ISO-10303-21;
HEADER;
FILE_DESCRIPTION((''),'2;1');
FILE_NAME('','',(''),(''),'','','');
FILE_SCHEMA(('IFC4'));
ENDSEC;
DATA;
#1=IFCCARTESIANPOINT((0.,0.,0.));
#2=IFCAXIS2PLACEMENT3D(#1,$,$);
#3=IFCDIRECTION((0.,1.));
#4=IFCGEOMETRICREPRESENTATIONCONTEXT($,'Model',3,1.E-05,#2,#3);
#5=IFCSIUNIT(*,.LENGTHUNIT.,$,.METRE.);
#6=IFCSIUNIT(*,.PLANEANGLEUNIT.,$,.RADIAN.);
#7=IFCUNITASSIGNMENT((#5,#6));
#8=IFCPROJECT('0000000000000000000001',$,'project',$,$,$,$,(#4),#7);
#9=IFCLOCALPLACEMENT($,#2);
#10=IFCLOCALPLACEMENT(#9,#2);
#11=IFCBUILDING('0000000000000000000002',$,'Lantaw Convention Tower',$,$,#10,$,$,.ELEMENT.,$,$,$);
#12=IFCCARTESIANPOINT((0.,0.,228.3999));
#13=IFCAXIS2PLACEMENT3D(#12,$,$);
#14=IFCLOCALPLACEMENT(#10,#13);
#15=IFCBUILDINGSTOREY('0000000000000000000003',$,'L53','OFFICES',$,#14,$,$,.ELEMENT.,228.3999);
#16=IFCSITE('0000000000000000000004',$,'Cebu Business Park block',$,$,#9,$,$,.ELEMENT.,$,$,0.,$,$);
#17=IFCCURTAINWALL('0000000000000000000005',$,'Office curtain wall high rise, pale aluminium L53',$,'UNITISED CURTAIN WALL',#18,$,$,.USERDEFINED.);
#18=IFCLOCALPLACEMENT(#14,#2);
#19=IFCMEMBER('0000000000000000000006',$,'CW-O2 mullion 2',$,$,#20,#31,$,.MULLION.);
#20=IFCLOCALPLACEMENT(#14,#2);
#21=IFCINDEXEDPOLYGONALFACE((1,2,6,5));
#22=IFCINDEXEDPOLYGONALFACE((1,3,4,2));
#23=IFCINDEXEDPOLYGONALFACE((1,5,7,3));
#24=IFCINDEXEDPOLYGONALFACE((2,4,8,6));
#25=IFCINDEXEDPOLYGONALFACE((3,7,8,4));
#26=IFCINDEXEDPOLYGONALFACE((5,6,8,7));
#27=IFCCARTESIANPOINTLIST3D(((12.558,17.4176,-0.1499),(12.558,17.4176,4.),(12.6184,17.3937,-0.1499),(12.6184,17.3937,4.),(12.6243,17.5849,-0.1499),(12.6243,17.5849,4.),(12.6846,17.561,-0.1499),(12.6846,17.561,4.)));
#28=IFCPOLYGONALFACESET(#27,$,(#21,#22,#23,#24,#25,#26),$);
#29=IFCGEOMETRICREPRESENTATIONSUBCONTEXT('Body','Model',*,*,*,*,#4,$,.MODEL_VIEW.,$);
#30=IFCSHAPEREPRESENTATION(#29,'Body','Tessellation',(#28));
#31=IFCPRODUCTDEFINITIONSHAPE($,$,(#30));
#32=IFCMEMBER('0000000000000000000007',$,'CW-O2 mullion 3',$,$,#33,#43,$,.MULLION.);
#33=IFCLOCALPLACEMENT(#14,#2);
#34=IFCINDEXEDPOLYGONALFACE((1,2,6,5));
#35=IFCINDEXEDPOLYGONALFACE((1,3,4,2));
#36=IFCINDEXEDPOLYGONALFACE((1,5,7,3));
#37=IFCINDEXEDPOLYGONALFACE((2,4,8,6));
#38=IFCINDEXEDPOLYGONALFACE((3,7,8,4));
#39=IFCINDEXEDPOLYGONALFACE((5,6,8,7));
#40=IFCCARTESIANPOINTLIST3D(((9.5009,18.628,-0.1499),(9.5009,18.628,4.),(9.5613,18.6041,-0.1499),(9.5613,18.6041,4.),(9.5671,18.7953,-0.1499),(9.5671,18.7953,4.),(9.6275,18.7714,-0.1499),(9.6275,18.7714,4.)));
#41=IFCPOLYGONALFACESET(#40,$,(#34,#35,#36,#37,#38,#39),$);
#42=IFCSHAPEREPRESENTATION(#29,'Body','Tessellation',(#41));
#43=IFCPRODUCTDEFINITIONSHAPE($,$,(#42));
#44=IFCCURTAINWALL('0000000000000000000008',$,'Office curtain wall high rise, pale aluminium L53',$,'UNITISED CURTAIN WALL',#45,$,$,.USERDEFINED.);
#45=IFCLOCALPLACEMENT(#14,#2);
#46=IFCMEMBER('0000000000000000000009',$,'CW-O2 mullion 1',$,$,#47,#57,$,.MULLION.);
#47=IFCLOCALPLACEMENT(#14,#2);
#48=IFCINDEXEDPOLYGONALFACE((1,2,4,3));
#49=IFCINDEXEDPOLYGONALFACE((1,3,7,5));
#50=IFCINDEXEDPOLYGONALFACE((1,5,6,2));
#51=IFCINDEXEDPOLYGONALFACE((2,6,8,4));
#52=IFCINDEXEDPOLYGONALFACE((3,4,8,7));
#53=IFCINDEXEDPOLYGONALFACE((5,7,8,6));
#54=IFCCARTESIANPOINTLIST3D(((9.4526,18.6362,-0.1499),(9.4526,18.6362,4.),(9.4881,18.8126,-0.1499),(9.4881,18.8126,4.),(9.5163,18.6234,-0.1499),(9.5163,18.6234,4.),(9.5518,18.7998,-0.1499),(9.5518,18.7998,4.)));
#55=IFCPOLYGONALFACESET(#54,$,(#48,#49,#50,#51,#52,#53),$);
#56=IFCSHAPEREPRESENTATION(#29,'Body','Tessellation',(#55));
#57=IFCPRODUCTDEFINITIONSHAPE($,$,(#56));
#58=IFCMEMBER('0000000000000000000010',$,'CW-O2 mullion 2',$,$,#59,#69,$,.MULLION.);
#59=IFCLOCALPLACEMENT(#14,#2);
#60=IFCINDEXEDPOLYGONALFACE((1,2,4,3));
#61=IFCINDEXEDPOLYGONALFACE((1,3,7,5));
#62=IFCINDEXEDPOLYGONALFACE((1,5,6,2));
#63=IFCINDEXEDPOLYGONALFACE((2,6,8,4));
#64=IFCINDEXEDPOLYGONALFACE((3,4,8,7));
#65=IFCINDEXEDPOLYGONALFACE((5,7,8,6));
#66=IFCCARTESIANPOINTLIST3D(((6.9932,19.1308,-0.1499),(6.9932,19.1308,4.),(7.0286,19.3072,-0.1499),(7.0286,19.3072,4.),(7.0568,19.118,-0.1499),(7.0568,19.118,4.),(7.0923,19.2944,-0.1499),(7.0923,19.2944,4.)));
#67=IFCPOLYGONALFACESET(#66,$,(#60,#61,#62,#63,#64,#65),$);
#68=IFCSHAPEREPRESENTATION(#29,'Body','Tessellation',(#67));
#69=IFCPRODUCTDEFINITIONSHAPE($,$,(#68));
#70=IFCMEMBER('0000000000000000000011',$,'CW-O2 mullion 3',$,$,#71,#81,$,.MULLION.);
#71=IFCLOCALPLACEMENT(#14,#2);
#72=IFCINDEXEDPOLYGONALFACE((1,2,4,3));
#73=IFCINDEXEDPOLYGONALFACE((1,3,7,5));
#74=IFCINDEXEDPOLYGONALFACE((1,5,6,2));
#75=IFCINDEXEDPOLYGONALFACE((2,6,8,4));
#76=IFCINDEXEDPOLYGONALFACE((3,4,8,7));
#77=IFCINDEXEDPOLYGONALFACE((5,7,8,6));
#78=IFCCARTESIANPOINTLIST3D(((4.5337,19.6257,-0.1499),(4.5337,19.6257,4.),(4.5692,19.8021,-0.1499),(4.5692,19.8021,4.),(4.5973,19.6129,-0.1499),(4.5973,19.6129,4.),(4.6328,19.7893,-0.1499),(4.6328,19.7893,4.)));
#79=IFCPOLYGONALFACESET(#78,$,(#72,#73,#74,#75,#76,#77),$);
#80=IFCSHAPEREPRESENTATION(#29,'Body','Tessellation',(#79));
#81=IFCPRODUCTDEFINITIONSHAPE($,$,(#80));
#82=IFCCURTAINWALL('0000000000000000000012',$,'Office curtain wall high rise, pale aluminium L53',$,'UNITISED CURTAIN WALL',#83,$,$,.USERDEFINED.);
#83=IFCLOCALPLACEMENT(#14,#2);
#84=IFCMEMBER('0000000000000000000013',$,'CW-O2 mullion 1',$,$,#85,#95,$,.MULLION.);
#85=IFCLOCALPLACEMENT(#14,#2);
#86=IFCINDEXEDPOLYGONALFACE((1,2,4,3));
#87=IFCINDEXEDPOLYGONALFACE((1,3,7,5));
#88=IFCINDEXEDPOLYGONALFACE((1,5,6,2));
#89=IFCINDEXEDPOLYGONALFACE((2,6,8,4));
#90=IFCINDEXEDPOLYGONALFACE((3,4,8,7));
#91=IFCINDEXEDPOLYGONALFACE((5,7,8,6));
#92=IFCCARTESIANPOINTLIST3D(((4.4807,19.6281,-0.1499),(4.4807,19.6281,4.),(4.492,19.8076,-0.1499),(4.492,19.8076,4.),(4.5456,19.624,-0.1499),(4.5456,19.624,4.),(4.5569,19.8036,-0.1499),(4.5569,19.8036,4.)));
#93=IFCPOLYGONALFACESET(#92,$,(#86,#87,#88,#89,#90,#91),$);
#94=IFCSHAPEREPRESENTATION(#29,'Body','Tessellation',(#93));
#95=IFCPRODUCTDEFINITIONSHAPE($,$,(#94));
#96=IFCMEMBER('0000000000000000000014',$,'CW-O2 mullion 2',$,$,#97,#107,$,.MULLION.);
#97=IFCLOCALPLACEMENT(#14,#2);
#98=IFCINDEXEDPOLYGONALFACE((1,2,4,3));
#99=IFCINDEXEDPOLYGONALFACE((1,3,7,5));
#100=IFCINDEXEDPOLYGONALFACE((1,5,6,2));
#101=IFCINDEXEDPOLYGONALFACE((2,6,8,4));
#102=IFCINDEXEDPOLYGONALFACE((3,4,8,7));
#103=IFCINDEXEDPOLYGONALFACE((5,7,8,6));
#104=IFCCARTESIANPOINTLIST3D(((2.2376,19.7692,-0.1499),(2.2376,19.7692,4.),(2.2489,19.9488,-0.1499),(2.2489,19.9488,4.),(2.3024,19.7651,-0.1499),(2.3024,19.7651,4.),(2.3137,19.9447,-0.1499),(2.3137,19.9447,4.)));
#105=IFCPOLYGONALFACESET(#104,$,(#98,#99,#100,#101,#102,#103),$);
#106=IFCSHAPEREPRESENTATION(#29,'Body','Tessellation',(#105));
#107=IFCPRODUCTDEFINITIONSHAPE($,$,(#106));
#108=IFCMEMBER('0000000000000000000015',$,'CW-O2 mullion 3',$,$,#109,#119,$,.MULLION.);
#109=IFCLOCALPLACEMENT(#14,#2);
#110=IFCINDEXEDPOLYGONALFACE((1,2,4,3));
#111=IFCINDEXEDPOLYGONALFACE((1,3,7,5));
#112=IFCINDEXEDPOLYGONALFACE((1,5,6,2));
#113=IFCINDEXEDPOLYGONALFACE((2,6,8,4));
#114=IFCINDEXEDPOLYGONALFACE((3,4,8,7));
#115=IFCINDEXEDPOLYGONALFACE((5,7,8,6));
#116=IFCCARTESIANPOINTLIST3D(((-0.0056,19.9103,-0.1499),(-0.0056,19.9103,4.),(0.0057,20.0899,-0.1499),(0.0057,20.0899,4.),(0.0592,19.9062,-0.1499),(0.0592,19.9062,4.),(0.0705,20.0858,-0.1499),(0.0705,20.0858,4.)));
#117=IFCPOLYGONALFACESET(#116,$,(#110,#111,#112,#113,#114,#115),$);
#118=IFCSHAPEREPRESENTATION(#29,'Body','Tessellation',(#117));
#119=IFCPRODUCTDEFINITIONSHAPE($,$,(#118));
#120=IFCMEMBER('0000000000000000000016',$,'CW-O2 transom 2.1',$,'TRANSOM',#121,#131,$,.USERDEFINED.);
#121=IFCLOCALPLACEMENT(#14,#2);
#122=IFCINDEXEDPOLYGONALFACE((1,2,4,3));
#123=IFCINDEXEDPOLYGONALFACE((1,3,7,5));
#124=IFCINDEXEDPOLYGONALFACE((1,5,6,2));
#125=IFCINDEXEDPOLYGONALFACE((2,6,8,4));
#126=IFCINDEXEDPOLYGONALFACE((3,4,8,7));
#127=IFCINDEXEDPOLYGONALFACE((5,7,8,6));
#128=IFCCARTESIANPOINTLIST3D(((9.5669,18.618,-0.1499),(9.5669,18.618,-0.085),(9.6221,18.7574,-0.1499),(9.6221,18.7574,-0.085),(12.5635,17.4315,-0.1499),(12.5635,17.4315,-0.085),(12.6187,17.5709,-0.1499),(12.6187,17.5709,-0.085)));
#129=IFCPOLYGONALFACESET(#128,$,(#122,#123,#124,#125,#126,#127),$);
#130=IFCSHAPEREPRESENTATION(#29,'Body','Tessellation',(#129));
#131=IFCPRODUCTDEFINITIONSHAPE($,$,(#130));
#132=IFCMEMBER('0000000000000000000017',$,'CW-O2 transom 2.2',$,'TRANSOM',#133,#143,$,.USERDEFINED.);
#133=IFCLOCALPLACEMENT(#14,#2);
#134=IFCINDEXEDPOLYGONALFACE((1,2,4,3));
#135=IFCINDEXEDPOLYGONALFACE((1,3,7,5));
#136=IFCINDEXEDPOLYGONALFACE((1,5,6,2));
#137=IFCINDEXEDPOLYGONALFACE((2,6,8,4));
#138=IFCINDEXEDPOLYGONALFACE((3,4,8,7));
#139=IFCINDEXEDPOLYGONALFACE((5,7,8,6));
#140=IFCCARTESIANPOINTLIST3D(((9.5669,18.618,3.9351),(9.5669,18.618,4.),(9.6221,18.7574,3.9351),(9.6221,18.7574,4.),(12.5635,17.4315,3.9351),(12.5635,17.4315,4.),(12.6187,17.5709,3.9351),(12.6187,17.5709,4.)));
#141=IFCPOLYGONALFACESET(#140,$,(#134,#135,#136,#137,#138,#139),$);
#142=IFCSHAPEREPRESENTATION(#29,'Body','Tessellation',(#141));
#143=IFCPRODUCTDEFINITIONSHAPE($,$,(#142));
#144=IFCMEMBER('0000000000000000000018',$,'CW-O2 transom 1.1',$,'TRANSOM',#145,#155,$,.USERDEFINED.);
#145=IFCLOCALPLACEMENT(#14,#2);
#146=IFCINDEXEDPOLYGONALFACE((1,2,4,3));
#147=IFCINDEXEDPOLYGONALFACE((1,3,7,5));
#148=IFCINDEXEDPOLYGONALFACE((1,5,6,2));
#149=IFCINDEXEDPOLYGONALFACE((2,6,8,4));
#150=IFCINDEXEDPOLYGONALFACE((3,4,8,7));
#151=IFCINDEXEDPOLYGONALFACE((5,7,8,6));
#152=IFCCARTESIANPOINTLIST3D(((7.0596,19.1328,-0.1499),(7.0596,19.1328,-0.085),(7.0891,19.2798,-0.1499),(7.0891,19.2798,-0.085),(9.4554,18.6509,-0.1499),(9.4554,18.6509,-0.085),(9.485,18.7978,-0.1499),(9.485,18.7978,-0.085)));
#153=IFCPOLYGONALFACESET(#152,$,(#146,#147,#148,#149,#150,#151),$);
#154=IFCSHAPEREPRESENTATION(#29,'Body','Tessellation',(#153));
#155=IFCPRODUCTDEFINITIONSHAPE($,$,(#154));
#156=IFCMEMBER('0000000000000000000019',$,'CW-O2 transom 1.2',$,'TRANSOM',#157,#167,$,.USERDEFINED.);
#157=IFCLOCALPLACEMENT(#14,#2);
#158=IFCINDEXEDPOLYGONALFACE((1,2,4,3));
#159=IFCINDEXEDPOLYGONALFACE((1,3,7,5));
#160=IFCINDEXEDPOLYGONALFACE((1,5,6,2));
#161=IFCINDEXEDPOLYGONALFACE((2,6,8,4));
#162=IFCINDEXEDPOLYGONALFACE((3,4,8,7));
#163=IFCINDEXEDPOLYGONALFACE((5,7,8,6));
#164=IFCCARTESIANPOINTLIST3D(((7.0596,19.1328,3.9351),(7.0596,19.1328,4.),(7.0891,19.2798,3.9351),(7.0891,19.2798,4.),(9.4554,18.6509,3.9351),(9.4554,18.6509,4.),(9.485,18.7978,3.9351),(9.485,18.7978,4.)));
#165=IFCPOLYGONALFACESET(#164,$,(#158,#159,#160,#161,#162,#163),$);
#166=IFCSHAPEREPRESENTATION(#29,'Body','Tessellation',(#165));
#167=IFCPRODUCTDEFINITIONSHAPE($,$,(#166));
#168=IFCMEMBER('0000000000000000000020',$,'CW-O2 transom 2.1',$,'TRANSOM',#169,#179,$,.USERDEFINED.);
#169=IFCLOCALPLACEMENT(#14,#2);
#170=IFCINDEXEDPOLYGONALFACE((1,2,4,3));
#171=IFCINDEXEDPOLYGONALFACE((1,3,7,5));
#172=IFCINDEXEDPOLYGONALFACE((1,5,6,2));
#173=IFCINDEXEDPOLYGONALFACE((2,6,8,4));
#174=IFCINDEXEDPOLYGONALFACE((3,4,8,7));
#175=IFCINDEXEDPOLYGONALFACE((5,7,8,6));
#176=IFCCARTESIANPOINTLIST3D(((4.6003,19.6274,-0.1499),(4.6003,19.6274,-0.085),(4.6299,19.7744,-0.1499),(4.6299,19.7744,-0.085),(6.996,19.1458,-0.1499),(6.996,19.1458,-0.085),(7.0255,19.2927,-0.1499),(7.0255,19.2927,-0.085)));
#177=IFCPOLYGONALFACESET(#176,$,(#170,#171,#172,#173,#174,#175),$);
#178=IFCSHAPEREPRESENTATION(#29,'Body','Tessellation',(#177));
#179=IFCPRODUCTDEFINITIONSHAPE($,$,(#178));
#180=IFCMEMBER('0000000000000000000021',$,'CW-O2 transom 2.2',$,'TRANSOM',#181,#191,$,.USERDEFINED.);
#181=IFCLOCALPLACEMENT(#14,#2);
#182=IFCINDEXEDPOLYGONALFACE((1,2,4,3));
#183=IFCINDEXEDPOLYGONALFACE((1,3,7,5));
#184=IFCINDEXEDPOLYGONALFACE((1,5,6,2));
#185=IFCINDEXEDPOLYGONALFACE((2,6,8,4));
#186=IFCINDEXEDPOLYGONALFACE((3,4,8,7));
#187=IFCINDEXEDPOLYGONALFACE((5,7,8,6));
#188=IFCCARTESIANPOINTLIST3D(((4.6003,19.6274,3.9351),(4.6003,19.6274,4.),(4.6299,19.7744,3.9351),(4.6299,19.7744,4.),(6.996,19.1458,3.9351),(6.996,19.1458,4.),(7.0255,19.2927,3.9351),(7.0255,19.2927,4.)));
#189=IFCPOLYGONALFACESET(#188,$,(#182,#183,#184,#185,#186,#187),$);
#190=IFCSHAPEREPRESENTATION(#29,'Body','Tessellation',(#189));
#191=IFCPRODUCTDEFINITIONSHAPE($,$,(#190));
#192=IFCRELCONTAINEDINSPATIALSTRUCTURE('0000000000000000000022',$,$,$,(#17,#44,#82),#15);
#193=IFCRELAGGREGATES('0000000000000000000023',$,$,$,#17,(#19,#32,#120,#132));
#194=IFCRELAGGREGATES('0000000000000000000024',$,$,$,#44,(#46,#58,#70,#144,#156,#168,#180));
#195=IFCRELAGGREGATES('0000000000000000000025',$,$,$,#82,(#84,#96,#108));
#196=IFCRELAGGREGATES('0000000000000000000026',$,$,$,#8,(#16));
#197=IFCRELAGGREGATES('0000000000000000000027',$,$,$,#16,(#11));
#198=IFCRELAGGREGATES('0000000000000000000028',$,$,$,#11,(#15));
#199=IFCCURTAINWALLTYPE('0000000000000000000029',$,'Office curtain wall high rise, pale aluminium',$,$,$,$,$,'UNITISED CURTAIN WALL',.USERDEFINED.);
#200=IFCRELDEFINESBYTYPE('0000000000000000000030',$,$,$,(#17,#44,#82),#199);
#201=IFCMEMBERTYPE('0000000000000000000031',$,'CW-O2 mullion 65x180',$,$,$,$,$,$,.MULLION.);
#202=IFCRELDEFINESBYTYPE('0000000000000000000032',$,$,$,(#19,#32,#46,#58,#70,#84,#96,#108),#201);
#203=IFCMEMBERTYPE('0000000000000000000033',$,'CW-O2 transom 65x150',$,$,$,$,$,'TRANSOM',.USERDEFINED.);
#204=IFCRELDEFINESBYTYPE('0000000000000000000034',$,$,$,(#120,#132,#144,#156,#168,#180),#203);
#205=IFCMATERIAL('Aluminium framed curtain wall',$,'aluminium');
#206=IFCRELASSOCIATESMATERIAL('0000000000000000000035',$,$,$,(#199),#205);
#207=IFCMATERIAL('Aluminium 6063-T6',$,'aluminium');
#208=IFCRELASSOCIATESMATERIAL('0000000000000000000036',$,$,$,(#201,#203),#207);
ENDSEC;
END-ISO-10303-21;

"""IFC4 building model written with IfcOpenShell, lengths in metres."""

from ifc_helpers import new_model, si_unit, direction, frame, origin, origin_2d, place, context, subcontext, project, spatial, rectangle, extrude, material, material_profile, profile_set, type_object, element, aggregate, save


model = new_model("IFC4")

# Units and contexts
model_context = context("Model", 3, precision=1e-05, world=origin(), true_north=direction((0.0, 1.0)))
body_context = subcontext(model_context, "Body", "Model", "MODEL_VIEW")
ifc_project = project(units=[si_unit("LENGTHUNIT", "METRE"), si_unit("PLANEANGLEUNIT", "RADIAN")], contexts=[model_context])

# Site, building, storey
site_placement = place(None, origin())
site = spatial("IfcSite", under=ifc_project, at=site_placement, Name="Cebu Business Park block", CompositionType="ELEMENT", RefElevation=0.0)
building_placement = place(site_placement, origin())
building = spatial("IfcBuilding", under=site, at=building_placement, Name="Lantaw Convention Tower", CompositionType="ELEMENT")
storey_placement = place(building_placement, frame((0.0, 0.0, 228.3999)))
storey = spatial("IfcBuildingStorey", under=building, at=storey_placement, Name="L53", Description="OFFICES", CompositionType="ELEMENT", Elevation=228.3999)

# Curtain walls, members
ifc_material_1 = material(Name="Aluminium framed curtain wall", Category="aluminium")
curtain_wall_type = type_object("IfcCurtainWallType", Name="Office curtain wall high rise, pale aluminium", ElementType="UNITISED CURTAIN WALL", PredefinedType="USERDEFINED", material=ifc_material_1)
curtain_wall_1_placement = place(storey_placement, origin())
curtain_wall_1 = element("IfcCurtainWall", 1, at=curtain_wall_1_placement, inside=storey, type_object=curtain_wall_type, Name="Office curtain wall high rise, pale aluminium L53", ObjectType="UNITISED CURTAIN WALL", PredefinedType="USERDEFINED")
ifc_material_2 = material(Name="Aluminium 6063-T6", Category="aluminium")
ifc_material_profile_1 = material_profile(ifc_material_2, rectangle(XDim=0.1799, YDim=0.0649, at=origin_2d()), Name="CW-O2 mullion 65x180")
ifc_profile_set_1 = profile_set([ifc_material_profile_1], Name="Aluminium 6063-T6")
member_type_1 = type_object("IfcMemberType", Name="CW-O2 mullion 65x180", PredefinedType="MULLION", material=ifc_profile_set_1)
member_1_placement = place(storey_placement, frame((12.6213, 17.4893, -0.1499), z_axis=(0.0, 0.0, 1.0), x_axis=(-0.368162, -0.929762, 0.0)))
member_1 = element("IfcMember", 2, at=member_1_placement, type_object=member_type_1, Name="CW-O2 mullion 2", PredefinedType="MULLION", context=body_context, shape_type="SweptSolid", body=[
    extrude(rectangle(XDim=0.1799, YDim=0.0649, at=origin_2d()), origin(), (0.0, 0.0, 1.0), 4.1499),
])
member_2_placement = place(storey_placement, frame((9.5642, 18.6997, -0.1499), z_axis=(0.0, 0.0, 1.0), x_axis=(-0.368162, -0.929762, 0.0)))
member_2 = element("IfcMember", 3, at=member_2_placement, type_object=member_type_1, Name="CW-O2 mullion 3", PredefinedType="MULLION", context=body_context, shape_type="SweptSolid", body=[
    extrude(rectangle(XDim=0.1799, YDim=0.0649, at=origin_2d()), origin(), (0.0, 0.0, 1.0), 4.1499),
])
curtain_wall_2_placement = place(storey_placement, origin())
curtain_wall_2 = element("IfcCurtainWall", 4, at=curtain_wall_2_placement, inside=storey, type_object=curtain_wall_type, Name="Office curtain wall high rise, pale aluminium L53", ObjectType="UNITISED CURTAIN WALL", PredefinedType="USERDEFINED")
member_3_placement = place(storey_placement, frame((9.5022, 18.718, -0.1499), z_axis=(0.0, 0.0, 1.0), x_axis=(-0.197183, -0.980367, 0.0)))
member_3 = element("IfcMember", 5, at=member_3_placement, type_object=member_type_1, Name="CW-O2 mullion 1", PredefinedType="MULLION", context=body_context, shape_type="SweptSolid", body=[
    extrude(rectangle(XDim=0.1799, YDim=0.0649, at=origin_2d()), origin(), (0.0, 0.0, 1.0), 4.1499),
])
member_4_placement = place(storey_placement, frame((7.0427, 19.2126, -0.1499), z_axis=(0.0, 0.0, 1.0), x_axis=(-0.197183, -0.980367, 0.0)))
member_4 = element("IfcMember", 6, at=member_4_placement, type_object=member_type_1, Name="CW-O2 mullion 2", PredefinedType="MULLION", context=body_context, shape_type="SweptSolid", body=[
    extrude(rectangle(XDim=0.1799, YDim=0.0649, at=origin_2d()), origin(), (0.0, 0.0, 1.0), 4.1499),
])
member_5_placement = place(storey_placement, frame((4.5833, 19.7075, -0.1499), z_axis=(0.0, 0.0, 1.0), x_axis=(-0.197183, -0.980367, 0.0)))
member_5 = element("IfcMember", 7, at=member_5_placement, type_object=member_type_1, Name="CW-O2 mullion 3", PredefinedType="MULLION", context=body_context, shape_type="SweptSolid", body=[
    extrude(rectangle(XDim=0.1799, YDim=0.0649, at=origin_2d()), origin(), (0.0, 0.0, 1.0), 4.1499),
])
curtain_wall_3_placement = place(storey_placement, origin())
curtain_wall_3 = element("IfcCurtainWall", 8, at=curtain_wall_3_placement, inside=storey, type_object=curtain_wall_type, Name="Office curtain wall high rise, pale aluminium L53", ObjectType="UNITISED CURTAIN WALL", PredefinedType="USERDEFINED")
member_6_placement = place(storey_placement, frame((4.5188, 19.7158, -0.1499), z_axis=(0.0, 0.0, 1.0), x_axis=(-0.062758, -0.998029, 0.0)))
member_6 = element("IfcMember", 9, at=member_6_placement, type_object=member_type_1, Name="CW-O2 mullion 1", PredefinedType="MULLION", context=body_context, shape_type="SweptSolid", body=[
    extrude(rectangle(XDim=0.1799, YDim=0.0649, at=origin_2d()), origin(), (0.0, 0.0, 1.0), 4.1499),
])
member_7_placement = place(storey_placement, frame((2.2756, 19.8569, -0.1499), z_axis=(0.0, 0.0, 1.0), x_axis=(-0.062758, -0.998029, 0.0)))
member_7 = element("IfcMember", 10, at=member_7_placement, type_object=member_type_1, Name="CW-O2 mullion 2", PredefinedType="MULLION", context=body_context, shape_type="SweptSolid", body=[
    extrude(rectangle(XDim=0.1799, YDim=0.0649, at=origin_2d()), origin(), (0.0, 0.0, 1.0), 4.1499),
])
member_8_placement = place(storey_placement, frame((0.0325, 19.998, -0.1499), z_axis=(0.0, 0.0, 1.0), x_axis=(-0.062758, -0.998029, 0.0)))
member_8 = element("IfcMember", 11, at=member_8_placement, type_object=member_type_1, Name="CW-O2 mullion 3", PredefinedType="MULLION", context=body_context, shape_type="SweptSolid", body=[
    extrude(rectangle(XDim=0.1799, YDim=0.0649, at=origin_2d()), origin(), (0.0, 0.0, 1.0), 4.1499),
])

# Members
ifc_material_profile_2 = material_profile(ifc_material_2, rectangle(XDim=0.1499, YDim=0.0649, at=origin_2d()), Name="CW-O2 transom 65x150")
ifc_profile_set_2 = profile_set([ifc_material_profile_2], Name="Aluminium 6063-T6")
member_type_2 = type_object("IfcMemberType", Name="CW-O2 transom 65x150", ElementType="TRANSOM", PredefinedType="USERDEFINED", material=ifc_profile_set_2)
member_9_placement = place(storey_placement, frame((12.5911, 17.5012, -0.1174), z_axis=(-0.929767, 0.368149, 0.0), x_axis=(-0.368149, -0.929767, 0.0)))
member_9 = element("IfcMember", 12, at=member_9_placement, type_object=member_type_2, Name="CW-O2 transom 2.1", ObjectType="TRANSOM", PredefinedType="USERDEFINED", context=body_context, shape_type="SweptSolid", body=[
    extrude(rectangle(XDim=0.1499, YDim=0.0649, at=origin_2d()), origin(), (0.0, 0.0, 1.0), 3.2229),
])
member_10_placement = place(storey_placement, frame((12.5911, 17.5012, 3.9675), z_axis=(-0.929767, 0.368149, 0.0), x_axis=(-0.368149, -0.929767, 0.0)))
member_10 = element("IfcMember", 13, at=member_10_placement, type_object=member_type_2, Name="CW-O2 transom 2.2", ObjectType="TRANSOM", PredefinedType="USERDEFINED", context=body_context, shape_type="SweptSolid", body=[
    extrude(rectangle(XDim=0.1499, YDim=0.0649, at=origin_2d()), origin(), (0.0, 0.0, 1.0), 3.2229),
])
member_11_placement = place(storey_placement, frame((9.4702, 18.7244, -0.1174), z_axis=(-0.980361, 0.197211, 0.0), x_axis=(-0.197211, -0.980361, 0.0)))
member_11 = element("IfcMember", 14, at=member_11_placement, type_object=member_type_2, Name="CW-O2 transom 1.1", ObjectType="TRANSOM", PredefinedType="USERDEFINED", context=body_context, shape_type="SweptSolid", body=[
    extrude(rectangle(XDim=0.1499, YDim=0.0649, at=origin_2d()), origin(), (0.0, 0.0, 1.0), 2.4438),
])
member_12_placement = place(storey_placement, frame((9.4702, 18.7244, 3.9675), z_axis=(-0.980361, 0.197211, 0.0), x_axis=(-0.197211, -0.980361, 0.0)))
member_12 = element("IfcMember", 15, at=member_12_placement, type_object=member_type_2, Name="CW-O2 transom 1.2", ObjectType="TRANSOM", PredefinedType="USERDEFINED", context=body_context, shape_type="SweptSolid", body=[
    extrude(rectangle(XDim=0.1499, YDim=0.0649, at=origin_2d()), origin(), (0.0, 0.0, 1.0), 2.4438),
])
member_13_placement = place(storey_placement, frame((7.0107, 19.2192, -0.1174), z_axis=(-0.98038, 0.197115, 0.0), x_axis=(-0.197115, -0.98038, 0.0)))
member_13 = element("IfcMember", 16, at=member_13_placement, type_object=member_type_2, Name="CW-O2 transom 2.1", ObjectType="TRANSOM", PredefinedType="USERDEFINED", context=body_context, shape_type="SweptSolid", body=[
    extrude(rectangle(XDim=0.1499, YDim=0.0649, at=origin_2d()), origin(), (0.0, 0.0, 1.0), 2.4436),
])
member_14_placement = place(storey_placement, frame((7.0107, 19.2192, 3.9675), z_axis=(-0.98038, 0.197115, 0.0), x_axis=(-0.197115, -0.98038, 0.0)))
member_14 = element("IfcMember", 17, at=member_14_placement, type_object=member_type_2, Name="CW-O2 transom 2.2", ObjectType="TRANSOM", PredefinedType="USERDEFINED", context=body_context, shape_type="SweptSolid", body=[
    extrude(rectangle(XDim=0.1499, YDim=0.0649, at=origin_2d()), origin(), (0.0, 0.0, 1.0), 2.4436),
])

aggregate(curtain_wall_1, [member_1, member_2, member_9, member_10])
aggregate(curtain_wall_2, [member_3, member_4, member_5, member_11, member_12, member_13, member_14])
aggregate(curtain_wall_3, [member_6, member_7, member_8])

save(model, "model.ifc")
